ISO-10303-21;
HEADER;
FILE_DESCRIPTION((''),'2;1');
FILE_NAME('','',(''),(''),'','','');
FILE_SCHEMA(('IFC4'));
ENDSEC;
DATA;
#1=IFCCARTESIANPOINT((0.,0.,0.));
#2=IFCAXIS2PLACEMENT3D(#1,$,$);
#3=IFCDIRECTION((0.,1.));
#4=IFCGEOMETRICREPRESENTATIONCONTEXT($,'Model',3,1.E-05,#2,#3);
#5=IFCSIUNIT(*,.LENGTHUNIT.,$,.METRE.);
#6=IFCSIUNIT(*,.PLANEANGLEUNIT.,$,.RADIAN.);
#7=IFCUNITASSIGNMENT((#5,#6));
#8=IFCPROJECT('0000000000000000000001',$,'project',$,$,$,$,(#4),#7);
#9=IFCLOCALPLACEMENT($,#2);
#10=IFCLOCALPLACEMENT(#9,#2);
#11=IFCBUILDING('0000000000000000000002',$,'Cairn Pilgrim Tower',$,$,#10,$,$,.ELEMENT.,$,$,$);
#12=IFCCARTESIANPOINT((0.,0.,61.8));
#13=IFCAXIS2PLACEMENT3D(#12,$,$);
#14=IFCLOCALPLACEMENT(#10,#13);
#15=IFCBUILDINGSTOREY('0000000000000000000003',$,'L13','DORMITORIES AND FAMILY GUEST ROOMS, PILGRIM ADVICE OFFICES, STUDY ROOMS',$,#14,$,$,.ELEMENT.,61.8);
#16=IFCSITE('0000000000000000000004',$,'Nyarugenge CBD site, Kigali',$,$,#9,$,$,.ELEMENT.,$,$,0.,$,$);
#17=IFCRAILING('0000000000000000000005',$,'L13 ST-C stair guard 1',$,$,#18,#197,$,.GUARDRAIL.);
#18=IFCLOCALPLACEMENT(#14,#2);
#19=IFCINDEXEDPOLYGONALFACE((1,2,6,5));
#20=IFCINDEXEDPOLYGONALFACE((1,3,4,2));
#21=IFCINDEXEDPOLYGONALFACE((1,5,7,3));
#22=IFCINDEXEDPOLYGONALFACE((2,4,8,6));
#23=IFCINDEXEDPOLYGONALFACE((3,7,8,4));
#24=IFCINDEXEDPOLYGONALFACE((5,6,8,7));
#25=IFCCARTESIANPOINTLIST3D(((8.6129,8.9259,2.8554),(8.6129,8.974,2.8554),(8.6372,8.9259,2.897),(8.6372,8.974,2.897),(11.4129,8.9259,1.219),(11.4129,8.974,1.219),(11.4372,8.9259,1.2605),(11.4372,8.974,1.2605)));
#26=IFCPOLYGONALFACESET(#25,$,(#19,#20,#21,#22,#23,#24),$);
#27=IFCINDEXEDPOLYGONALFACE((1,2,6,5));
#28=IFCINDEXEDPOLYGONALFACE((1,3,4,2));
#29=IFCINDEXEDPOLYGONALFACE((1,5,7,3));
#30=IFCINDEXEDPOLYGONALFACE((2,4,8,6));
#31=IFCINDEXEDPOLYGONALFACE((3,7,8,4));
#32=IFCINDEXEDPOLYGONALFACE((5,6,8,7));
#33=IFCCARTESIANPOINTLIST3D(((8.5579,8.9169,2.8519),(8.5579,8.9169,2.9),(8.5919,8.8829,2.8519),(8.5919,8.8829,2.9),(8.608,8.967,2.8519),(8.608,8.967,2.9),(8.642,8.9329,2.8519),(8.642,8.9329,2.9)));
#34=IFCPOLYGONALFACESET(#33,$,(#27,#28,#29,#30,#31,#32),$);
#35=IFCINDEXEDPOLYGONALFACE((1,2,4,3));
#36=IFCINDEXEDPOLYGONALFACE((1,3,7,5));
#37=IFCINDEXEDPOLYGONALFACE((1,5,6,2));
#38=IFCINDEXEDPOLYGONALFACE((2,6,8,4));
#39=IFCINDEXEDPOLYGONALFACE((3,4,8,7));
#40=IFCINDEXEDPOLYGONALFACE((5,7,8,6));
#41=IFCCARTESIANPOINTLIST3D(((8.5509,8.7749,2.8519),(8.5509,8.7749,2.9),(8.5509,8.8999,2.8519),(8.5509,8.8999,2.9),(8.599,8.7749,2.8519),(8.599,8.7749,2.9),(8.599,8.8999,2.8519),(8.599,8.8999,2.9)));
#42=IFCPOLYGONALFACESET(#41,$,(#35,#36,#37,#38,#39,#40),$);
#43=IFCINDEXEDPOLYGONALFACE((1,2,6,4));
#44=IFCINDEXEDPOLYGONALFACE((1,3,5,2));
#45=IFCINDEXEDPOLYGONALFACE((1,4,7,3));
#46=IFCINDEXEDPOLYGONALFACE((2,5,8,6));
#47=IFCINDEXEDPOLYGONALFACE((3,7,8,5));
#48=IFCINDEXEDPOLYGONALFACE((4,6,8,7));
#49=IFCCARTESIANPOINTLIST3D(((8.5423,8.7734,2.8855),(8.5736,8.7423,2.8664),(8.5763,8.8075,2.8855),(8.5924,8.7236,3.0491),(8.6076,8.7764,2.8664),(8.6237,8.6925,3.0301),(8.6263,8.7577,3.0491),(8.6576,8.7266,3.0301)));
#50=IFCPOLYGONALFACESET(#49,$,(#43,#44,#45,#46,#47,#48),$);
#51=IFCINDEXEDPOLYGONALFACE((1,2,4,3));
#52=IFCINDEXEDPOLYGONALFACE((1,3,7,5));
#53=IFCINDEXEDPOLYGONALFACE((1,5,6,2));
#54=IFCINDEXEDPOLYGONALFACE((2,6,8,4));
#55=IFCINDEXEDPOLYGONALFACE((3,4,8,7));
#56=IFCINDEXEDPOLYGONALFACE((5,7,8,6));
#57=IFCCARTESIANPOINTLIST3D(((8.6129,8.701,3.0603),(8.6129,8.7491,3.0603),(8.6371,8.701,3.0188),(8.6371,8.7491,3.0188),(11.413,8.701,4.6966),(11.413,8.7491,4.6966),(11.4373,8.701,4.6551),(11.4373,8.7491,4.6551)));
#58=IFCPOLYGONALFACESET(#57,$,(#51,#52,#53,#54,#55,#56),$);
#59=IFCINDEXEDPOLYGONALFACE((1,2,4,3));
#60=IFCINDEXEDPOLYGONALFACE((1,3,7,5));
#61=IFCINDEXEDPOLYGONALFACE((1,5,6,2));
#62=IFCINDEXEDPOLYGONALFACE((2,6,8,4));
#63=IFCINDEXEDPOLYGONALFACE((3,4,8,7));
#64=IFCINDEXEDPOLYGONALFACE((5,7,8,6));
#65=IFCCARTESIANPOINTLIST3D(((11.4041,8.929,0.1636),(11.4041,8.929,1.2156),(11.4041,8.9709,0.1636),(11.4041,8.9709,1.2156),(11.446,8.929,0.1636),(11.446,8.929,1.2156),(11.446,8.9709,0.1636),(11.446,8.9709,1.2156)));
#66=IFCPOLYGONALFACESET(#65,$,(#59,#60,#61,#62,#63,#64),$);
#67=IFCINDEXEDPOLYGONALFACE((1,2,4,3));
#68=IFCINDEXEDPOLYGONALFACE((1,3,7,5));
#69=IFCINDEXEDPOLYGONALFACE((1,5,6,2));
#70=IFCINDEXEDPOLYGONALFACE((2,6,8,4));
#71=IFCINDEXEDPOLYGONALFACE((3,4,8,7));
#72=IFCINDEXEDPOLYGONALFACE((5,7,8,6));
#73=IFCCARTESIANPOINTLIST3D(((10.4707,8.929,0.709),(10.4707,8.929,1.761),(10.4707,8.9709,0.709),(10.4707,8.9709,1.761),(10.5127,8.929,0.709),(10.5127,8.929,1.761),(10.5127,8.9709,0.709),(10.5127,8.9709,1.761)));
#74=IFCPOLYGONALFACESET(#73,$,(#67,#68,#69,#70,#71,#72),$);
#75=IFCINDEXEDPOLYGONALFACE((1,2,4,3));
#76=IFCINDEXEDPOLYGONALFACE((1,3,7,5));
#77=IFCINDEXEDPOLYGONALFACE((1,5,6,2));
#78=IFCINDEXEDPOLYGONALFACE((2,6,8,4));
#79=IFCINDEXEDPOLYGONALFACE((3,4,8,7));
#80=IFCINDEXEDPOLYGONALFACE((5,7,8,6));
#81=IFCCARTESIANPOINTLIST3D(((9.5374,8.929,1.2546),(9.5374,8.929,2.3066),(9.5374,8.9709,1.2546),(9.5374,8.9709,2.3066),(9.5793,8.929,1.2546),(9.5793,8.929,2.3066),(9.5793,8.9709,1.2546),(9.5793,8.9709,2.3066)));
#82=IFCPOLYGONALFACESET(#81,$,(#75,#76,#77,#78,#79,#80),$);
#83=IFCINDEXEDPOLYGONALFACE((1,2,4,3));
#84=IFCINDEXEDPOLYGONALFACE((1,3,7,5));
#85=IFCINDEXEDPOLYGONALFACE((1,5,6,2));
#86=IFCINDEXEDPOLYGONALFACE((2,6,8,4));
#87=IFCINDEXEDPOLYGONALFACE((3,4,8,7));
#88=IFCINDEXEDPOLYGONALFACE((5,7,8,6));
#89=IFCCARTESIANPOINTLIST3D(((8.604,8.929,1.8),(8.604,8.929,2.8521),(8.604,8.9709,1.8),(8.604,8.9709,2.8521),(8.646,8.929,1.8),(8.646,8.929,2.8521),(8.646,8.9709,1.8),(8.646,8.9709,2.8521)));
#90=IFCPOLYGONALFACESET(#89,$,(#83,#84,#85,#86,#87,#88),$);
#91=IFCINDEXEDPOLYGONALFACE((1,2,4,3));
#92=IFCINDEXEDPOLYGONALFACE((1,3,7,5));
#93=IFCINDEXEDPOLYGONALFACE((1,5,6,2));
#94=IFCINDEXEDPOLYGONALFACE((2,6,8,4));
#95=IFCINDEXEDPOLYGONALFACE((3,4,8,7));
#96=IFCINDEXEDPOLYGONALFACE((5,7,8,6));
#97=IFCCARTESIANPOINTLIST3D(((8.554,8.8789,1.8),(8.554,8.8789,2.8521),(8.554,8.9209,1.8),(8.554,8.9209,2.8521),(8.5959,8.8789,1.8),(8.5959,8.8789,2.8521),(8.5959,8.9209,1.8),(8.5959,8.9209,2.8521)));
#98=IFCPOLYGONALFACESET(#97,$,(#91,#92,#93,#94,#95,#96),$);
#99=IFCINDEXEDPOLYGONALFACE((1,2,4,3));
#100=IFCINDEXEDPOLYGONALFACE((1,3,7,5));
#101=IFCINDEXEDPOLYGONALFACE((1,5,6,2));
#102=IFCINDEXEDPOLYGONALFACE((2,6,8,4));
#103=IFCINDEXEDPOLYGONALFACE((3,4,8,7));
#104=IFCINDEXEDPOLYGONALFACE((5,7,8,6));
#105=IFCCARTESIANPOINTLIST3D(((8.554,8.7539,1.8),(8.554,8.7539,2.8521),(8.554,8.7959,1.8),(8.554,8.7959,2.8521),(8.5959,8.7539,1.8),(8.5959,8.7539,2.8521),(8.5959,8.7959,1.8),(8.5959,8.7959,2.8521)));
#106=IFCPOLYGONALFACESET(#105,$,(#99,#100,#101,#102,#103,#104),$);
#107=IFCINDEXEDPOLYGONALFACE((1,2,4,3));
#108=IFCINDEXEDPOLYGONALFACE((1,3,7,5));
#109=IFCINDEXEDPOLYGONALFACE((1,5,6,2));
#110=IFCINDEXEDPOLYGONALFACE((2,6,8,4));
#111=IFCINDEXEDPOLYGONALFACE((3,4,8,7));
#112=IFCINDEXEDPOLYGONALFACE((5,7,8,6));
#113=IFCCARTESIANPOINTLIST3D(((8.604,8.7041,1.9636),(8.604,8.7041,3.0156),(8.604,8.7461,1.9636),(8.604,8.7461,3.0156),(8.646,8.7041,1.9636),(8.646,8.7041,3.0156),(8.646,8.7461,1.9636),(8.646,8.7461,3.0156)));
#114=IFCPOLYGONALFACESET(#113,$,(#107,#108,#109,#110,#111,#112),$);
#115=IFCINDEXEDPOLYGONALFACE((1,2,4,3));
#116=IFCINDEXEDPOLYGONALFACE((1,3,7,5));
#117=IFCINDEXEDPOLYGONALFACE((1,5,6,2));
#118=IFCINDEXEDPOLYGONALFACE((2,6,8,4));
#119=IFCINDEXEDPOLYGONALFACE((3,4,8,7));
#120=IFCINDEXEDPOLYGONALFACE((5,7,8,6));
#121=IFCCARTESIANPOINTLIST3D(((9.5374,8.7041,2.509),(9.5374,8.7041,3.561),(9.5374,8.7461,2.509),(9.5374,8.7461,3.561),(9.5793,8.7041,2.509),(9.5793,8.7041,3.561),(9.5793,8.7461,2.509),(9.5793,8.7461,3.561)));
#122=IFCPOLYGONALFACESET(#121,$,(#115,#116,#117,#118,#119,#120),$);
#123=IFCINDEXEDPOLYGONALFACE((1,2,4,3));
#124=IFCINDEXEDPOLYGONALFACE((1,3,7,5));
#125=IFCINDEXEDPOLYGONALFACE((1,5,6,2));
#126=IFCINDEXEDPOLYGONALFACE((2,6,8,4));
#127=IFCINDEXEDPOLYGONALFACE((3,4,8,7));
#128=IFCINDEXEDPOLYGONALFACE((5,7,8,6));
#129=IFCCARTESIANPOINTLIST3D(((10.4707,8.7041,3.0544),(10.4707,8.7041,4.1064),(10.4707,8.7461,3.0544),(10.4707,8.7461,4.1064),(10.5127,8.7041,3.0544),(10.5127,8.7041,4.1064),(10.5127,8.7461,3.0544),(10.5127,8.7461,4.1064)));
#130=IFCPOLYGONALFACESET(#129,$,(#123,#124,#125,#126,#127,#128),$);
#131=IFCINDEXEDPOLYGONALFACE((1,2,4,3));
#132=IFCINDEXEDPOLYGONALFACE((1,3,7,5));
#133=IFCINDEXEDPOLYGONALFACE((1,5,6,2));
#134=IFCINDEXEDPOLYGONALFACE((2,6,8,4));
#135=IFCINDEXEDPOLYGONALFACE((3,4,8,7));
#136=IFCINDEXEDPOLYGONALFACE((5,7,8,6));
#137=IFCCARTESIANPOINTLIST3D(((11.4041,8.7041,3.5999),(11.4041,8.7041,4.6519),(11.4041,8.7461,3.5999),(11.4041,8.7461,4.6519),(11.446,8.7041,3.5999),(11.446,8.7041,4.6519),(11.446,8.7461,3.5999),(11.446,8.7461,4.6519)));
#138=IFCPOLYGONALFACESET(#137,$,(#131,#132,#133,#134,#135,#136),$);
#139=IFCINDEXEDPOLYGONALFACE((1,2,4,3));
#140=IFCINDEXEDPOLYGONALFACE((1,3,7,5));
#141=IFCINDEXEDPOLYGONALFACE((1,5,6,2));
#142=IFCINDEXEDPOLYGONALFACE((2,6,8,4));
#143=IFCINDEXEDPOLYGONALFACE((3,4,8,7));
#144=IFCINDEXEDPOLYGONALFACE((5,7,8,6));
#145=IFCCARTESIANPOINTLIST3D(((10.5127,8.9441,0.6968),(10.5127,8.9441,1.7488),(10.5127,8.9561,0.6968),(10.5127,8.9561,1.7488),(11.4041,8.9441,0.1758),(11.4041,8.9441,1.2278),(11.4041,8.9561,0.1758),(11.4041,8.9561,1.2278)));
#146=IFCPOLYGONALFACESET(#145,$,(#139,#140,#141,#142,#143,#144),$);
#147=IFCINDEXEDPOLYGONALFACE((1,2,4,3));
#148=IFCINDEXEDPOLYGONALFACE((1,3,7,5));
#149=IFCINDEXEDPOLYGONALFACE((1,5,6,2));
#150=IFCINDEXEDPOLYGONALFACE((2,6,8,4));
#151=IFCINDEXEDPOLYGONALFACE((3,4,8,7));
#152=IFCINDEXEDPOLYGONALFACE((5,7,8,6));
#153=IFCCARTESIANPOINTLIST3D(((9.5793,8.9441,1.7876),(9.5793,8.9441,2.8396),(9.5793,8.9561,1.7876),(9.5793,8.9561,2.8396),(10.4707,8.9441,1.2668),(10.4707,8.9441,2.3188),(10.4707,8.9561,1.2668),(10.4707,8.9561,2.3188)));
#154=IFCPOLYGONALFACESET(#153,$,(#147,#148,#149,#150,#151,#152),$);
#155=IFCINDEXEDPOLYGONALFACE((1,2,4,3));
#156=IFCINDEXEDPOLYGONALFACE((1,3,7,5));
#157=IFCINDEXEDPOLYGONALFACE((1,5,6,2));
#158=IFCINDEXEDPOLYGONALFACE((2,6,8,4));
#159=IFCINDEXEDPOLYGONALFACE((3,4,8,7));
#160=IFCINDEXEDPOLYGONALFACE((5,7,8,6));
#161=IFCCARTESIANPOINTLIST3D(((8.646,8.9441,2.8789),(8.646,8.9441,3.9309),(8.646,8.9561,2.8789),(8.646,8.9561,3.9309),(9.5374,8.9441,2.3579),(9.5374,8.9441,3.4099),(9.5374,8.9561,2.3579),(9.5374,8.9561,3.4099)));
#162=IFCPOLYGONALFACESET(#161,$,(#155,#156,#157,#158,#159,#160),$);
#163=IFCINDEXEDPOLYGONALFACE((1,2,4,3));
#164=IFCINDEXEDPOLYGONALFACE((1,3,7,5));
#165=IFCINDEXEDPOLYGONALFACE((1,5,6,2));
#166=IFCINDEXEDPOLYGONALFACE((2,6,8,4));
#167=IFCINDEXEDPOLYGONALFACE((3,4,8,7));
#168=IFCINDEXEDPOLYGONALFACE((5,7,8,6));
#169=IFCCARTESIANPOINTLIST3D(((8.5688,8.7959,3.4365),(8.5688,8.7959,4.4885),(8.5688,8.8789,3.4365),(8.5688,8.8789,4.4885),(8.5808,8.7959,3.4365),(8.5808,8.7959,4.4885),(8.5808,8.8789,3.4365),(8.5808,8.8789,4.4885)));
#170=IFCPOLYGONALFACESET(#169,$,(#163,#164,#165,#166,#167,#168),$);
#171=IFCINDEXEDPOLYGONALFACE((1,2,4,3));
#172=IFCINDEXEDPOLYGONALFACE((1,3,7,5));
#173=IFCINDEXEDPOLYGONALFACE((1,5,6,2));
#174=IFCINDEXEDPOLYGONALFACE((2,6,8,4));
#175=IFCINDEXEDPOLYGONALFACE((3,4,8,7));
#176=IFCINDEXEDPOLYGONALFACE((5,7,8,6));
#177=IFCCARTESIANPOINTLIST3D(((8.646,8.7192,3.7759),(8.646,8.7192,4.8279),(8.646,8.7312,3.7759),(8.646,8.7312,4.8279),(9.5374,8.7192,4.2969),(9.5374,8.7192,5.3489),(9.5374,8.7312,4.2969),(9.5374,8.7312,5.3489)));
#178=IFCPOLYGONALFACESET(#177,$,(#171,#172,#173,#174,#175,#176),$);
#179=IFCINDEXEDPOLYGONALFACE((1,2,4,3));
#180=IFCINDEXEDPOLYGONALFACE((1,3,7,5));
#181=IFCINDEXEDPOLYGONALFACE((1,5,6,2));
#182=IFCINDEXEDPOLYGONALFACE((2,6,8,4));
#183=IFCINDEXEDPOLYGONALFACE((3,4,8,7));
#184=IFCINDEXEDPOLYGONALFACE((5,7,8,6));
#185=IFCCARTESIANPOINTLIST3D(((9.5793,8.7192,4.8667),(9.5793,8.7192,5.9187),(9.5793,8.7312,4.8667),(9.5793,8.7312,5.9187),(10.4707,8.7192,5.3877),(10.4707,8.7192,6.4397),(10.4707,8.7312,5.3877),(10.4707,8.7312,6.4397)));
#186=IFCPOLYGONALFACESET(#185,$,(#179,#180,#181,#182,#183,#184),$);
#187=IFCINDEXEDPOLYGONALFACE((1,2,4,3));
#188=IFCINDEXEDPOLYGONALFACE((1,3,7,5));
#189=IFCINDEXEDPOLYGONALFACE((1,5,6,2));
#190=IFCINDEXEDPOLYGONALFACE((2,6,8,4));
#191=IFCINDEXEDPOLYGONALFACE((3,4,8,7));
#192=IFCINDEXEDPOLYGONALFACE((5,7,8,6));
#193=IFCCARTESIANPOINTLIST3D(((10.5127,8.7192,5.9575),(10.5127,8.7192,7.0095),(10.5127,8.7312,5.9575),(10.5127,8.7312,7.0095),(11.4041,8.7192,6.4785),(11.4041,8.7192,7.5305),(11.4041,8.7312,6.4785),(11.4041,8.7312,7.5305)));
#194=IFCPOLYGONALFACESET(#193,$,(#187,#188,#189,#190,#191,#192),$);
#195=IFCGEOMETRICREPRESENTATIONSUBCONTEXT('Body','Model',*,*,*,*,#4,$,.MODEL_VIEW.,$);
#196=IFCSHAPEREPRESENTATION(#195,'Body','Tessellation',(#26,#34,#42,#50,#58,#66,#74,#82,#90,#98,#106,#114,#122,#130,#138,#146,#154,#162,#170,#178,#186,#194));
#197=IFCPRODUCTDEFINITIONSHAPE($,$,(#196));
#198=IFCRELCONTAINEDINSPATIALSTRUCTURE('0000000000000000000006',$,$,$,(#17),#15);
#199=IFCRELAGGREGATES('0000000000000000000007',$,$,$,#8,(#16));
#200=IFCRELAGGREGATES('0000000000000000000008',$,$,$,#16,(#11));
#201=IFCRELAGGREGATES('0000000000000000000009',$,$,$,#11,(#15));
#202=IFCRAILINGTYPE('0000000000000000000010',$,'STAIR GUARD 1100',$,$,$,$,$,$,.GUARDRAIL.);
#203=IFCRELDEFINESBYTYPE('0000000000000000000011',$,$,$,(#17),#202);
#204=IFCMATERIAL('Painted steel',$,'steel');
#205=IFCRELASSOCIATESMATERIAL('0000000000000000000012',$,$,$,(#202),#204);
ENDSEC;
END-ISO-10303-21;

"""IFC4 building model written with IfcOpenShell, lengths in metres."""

from ifc_helpers import new_model, si_unit, direction, frame, origin, origin_2d, place, context, subcontext, project, spatial, polyline, rectangle, outline, extrude, material, type_object, element, save


model = new_model("IFC4")

# Units and contexts
model_context = context("Model", 3, precision=1e-05, world=origin(), true_north=direction((0.0, 1.0)))
body_context = subcontext(model_context, "Body", "Model", "MODEL_VIEW")
ifc_project = project(units=[si_unit("LENGTHUNIT", "METRE"), si_unit("PLANEANGLEUNIT", "RADIAN")], contexts=[model_context])

# Site, building, storey
site_placement = place(None, origin())
site = spatial("IfcSite", under=ifc_project, at=site_placement, Name="Nyarugenge CBD site, Kigali", CompositionType="ELEMENT", RefElevation=0.0)
building_placement = place(site_placement, origin())
building = spatial("IfcBuilding", under=site, at=building_placement, Name="Cairn Pilgrim Tower", CompositionType="ELEMENT")
storey_placement = place(building_placement, frame((0.0, 0.0, 61.8)))
storey = spatial("IfcBuildingStorey", under=building, at=storey_placement, Name="L13", Description="DORMITORIES AND FAMILY GUEST ROOMS, PILGRIM ADVICE OFFICES, STUDY ROOMS", CompositionType="ELEMENT", Elevation=61.8)

# Shared definitions
ifc_material_1 = material(Name="Painted steel", Category="steel")

# Railing
railing_type_1 = type_object("IfcRailingType", Name="STAIR GUARD 1100", PredefinedType="GUARDRAIL", material=ifc_material_1)
railing_1_placement = place(storey_placement, frame((11.425, 8.95, 0.1636)))
element("IfcRailing", 1, at=railing_1_placement, inside=storey, type_object=railing_type_1, Name="L13 ST-C stair guard 1", PredefinedType="GUARDRAIL", context=body_context, shape_type="SweptSolid", body=[
    extrude(rectangle(XDim=0.0481, YDim=0.0481, at=origin_2d()), frame((0.0, 0.0, 1.0762), z_axis=(-0.863361, 0.0, 0.504587), x_axis=(0.0, -1.0, 0.0)), (0.0, 0.0, 1.0), 3.2432),
    extrude(rectangle(XDim=0.0481, YDim=0.0481, at=origin_2d()), frame((-2.8, 0.0, 2.7124), z_axis=(-0.707107, -0.707107, 0.0), x_axis=(0.707107, -0.707107, 0.0)), (0.0, 0.0, 1.0), 0.0708),
    extrude(rectangle(XDim=0.0481, YDim=0.0481, at=origin_2d()), frame((-2.8501, -0.05, 2.7124), z_axis=(0.0, -1.0, 0.0), x_axis=(1.0, 0.0, 0.0)), (0.0, 0.0, 1.0), 0.125),
    extrude(rectangle(XDim=0.0481, YDim=0.0481, at=origin_2d()), frame((-2.8501, -0.175, 2.7124), z_axis=(0.280917, -0.279546, 0.918118), x_axis=(0.705376, 0.708834, 0.0)), (0.0, 0.0, 1.0), 0.1782),
    extrude(rectangle(XDim=0.0481, YDim=0.0481, at=origin_2d()), frame((-2.8, -0.2249, 2.876), z_axis=(0.863394, 0.0, 0.504531), x_axis=(0.0, 1.0, 0.0)), (0.0, 0.0, 1.0), 3.2432),
    extrude(rectangle(XDim=0.042, YDim=0.042, at=origin_2d()), origin(), (0.0, 0.0, 1.0), 1.052),
    extrude(rectangle(XDim=0.042, YDim=0.042, at=origin_2d()), frame((-0.9333, 0.0, 0.5454)), (0.0, 0.0, 1.0), 1.052),
    extrude(rectangle(XDim=0.042, YDim=0.042, at=origin_2d()), frame((-1.8667, 0.0, 1.0911)), (0.0, 0.0, 1.0), 1.052),
    extrude(rectangle(XDim=0.042, YDim=0.042, at=origin_2d()), frame((-2.8, 0.0, 1.6365)), (0.0, 0.0, 1.0), 1.052),
    extrude(rectangle(XDim=0.042, YDim=0.042, at=origin_2d()), frame((-2.8501, -0.05, 1.6365)), (0.0, 0.0, 1.0), 1.052),
    extrude(rectangle(XDim=0.042, YDim=0.042, at=origin_2d()), frame((-2.8501, -0.175, 1.6365)), (0.0, 0.0, 1.0), 1.052),
    extrude(rectangle(XDim=0.042, YDim=0.042, at=origin_2d()), frame((-2.8, -0.2249, 1.8)), (0.0, 0.0, 1.0), 1.052),
    extrude(rectangle(XDim=0.042, YDim=0.042, at=origin_2d()), frame((-1.8667, -0.2249, 2.3455)), (0.0, 0.0, 1.0), 1.052),
    extrude(rectangle(XDim=0.042, YDim=0.042, at=origin_2d()), frame((-0.9333, -0.2249, 2.8909)), (0.0, 0.0, 1.0), 1.052),
    extrude(rectangle(XDim=0.042, YDim=0.042, at=origin_2d()), frame((0.0, -0.2249, 3.4363)), (0.0, 0.0, 1.0), 1.052),
    extrude(outline(polyline([(0.021, 0.0122), (0.9124, 0.5332), (0.9124, 1.5852), (0.021, 1.0642), (0.021, 0.0122)])), frame((0.0, -0.0059, 0.0), z_axis=(0.0, 1.0, 0.0), x_axis=(-1.0, 0.0, 0.0)), (0.0, 0.0, 1.0), 0.012),
    extrude(outline(polyline([(0.021, 0.5579), (0.9124, 1.0786), (0.9124, 2.1306), (0.021, 1.6099), (0.021, 0.5579)])), frame((-0.9333, -0.0059, 0.5454), z_axis=(0.0, 1.0, 0.0), x_axis=(-1.0, 0.0, 0.0)), (0.0, 0.0, 1.0), 0.012),
    extrude(outline(polyline([(0.021, 1.1033), (0.9124, 1.6243), (0.9124, 2.6763), (0.021, 2.1553), (0.021, 1.1033)])), frame((-1.8667, -0.0059, 1.0911), z_axis=(0.0, 1.0, 0.0), x_axis=(-1.0, 0.0, 0.0)), (0.0, 0.0, 1.0), 0.012),
    extrude(outline(polyline([(0.021, 1.6365), (0.104, 1.6365), (0.104, 2.6885), (0.021, 2.6885), (0.021, 1.6365)])), frame((-2.8442, -0.05, 1.6365), z_axis=(-1.0, 0.0, 0.0), x_axis=(0.0, -1.0, 0.0)), (0.0, 0.0, 1.0), 0.012),
    extrude(outline(polyline([(0.021, 1.8123), (0.9124, 2.3333), (0.9124, 3.3853), (0.021, 2.8643), (0.021, 1.8123)])), frame((-2.8, -0.2188, 1.8), z_axis=(0.0, -1.0, 0.0), x_axis=(1.0, 0.0, 0.0)), (0.0, 0.0, 1.0), 0.012),
    extrude(outline(polyline([(0.021, 2.3577), (0.9124, 2.8787), (0.9124, 3.9307), (0.021, 3.4097), (0.021, 2.3577)])), frame((-1.8667, -0.2188, 2.3455), z_axis=(0.0, -1.0, 0.0), x_axis=(1.0, 0.0, 0.0)), (0.0, 0.0, 1.0), 0.012),
    extrude(outline(polyline([(0.021, 2.9031), (0.9124, 3.4241), (0.9124, 4.4761), (0.021, 3.9551), (0.021, 2.9031)])), frame((-0.9333, -0.2188, 2.8909), z_axis=(0.0, -1.0, 0.0), x_axis=(1.0, 0.0, 0.0)), (0.0, 0.0, 1.0), 0.012),
])

save(model, "model.ifc")
